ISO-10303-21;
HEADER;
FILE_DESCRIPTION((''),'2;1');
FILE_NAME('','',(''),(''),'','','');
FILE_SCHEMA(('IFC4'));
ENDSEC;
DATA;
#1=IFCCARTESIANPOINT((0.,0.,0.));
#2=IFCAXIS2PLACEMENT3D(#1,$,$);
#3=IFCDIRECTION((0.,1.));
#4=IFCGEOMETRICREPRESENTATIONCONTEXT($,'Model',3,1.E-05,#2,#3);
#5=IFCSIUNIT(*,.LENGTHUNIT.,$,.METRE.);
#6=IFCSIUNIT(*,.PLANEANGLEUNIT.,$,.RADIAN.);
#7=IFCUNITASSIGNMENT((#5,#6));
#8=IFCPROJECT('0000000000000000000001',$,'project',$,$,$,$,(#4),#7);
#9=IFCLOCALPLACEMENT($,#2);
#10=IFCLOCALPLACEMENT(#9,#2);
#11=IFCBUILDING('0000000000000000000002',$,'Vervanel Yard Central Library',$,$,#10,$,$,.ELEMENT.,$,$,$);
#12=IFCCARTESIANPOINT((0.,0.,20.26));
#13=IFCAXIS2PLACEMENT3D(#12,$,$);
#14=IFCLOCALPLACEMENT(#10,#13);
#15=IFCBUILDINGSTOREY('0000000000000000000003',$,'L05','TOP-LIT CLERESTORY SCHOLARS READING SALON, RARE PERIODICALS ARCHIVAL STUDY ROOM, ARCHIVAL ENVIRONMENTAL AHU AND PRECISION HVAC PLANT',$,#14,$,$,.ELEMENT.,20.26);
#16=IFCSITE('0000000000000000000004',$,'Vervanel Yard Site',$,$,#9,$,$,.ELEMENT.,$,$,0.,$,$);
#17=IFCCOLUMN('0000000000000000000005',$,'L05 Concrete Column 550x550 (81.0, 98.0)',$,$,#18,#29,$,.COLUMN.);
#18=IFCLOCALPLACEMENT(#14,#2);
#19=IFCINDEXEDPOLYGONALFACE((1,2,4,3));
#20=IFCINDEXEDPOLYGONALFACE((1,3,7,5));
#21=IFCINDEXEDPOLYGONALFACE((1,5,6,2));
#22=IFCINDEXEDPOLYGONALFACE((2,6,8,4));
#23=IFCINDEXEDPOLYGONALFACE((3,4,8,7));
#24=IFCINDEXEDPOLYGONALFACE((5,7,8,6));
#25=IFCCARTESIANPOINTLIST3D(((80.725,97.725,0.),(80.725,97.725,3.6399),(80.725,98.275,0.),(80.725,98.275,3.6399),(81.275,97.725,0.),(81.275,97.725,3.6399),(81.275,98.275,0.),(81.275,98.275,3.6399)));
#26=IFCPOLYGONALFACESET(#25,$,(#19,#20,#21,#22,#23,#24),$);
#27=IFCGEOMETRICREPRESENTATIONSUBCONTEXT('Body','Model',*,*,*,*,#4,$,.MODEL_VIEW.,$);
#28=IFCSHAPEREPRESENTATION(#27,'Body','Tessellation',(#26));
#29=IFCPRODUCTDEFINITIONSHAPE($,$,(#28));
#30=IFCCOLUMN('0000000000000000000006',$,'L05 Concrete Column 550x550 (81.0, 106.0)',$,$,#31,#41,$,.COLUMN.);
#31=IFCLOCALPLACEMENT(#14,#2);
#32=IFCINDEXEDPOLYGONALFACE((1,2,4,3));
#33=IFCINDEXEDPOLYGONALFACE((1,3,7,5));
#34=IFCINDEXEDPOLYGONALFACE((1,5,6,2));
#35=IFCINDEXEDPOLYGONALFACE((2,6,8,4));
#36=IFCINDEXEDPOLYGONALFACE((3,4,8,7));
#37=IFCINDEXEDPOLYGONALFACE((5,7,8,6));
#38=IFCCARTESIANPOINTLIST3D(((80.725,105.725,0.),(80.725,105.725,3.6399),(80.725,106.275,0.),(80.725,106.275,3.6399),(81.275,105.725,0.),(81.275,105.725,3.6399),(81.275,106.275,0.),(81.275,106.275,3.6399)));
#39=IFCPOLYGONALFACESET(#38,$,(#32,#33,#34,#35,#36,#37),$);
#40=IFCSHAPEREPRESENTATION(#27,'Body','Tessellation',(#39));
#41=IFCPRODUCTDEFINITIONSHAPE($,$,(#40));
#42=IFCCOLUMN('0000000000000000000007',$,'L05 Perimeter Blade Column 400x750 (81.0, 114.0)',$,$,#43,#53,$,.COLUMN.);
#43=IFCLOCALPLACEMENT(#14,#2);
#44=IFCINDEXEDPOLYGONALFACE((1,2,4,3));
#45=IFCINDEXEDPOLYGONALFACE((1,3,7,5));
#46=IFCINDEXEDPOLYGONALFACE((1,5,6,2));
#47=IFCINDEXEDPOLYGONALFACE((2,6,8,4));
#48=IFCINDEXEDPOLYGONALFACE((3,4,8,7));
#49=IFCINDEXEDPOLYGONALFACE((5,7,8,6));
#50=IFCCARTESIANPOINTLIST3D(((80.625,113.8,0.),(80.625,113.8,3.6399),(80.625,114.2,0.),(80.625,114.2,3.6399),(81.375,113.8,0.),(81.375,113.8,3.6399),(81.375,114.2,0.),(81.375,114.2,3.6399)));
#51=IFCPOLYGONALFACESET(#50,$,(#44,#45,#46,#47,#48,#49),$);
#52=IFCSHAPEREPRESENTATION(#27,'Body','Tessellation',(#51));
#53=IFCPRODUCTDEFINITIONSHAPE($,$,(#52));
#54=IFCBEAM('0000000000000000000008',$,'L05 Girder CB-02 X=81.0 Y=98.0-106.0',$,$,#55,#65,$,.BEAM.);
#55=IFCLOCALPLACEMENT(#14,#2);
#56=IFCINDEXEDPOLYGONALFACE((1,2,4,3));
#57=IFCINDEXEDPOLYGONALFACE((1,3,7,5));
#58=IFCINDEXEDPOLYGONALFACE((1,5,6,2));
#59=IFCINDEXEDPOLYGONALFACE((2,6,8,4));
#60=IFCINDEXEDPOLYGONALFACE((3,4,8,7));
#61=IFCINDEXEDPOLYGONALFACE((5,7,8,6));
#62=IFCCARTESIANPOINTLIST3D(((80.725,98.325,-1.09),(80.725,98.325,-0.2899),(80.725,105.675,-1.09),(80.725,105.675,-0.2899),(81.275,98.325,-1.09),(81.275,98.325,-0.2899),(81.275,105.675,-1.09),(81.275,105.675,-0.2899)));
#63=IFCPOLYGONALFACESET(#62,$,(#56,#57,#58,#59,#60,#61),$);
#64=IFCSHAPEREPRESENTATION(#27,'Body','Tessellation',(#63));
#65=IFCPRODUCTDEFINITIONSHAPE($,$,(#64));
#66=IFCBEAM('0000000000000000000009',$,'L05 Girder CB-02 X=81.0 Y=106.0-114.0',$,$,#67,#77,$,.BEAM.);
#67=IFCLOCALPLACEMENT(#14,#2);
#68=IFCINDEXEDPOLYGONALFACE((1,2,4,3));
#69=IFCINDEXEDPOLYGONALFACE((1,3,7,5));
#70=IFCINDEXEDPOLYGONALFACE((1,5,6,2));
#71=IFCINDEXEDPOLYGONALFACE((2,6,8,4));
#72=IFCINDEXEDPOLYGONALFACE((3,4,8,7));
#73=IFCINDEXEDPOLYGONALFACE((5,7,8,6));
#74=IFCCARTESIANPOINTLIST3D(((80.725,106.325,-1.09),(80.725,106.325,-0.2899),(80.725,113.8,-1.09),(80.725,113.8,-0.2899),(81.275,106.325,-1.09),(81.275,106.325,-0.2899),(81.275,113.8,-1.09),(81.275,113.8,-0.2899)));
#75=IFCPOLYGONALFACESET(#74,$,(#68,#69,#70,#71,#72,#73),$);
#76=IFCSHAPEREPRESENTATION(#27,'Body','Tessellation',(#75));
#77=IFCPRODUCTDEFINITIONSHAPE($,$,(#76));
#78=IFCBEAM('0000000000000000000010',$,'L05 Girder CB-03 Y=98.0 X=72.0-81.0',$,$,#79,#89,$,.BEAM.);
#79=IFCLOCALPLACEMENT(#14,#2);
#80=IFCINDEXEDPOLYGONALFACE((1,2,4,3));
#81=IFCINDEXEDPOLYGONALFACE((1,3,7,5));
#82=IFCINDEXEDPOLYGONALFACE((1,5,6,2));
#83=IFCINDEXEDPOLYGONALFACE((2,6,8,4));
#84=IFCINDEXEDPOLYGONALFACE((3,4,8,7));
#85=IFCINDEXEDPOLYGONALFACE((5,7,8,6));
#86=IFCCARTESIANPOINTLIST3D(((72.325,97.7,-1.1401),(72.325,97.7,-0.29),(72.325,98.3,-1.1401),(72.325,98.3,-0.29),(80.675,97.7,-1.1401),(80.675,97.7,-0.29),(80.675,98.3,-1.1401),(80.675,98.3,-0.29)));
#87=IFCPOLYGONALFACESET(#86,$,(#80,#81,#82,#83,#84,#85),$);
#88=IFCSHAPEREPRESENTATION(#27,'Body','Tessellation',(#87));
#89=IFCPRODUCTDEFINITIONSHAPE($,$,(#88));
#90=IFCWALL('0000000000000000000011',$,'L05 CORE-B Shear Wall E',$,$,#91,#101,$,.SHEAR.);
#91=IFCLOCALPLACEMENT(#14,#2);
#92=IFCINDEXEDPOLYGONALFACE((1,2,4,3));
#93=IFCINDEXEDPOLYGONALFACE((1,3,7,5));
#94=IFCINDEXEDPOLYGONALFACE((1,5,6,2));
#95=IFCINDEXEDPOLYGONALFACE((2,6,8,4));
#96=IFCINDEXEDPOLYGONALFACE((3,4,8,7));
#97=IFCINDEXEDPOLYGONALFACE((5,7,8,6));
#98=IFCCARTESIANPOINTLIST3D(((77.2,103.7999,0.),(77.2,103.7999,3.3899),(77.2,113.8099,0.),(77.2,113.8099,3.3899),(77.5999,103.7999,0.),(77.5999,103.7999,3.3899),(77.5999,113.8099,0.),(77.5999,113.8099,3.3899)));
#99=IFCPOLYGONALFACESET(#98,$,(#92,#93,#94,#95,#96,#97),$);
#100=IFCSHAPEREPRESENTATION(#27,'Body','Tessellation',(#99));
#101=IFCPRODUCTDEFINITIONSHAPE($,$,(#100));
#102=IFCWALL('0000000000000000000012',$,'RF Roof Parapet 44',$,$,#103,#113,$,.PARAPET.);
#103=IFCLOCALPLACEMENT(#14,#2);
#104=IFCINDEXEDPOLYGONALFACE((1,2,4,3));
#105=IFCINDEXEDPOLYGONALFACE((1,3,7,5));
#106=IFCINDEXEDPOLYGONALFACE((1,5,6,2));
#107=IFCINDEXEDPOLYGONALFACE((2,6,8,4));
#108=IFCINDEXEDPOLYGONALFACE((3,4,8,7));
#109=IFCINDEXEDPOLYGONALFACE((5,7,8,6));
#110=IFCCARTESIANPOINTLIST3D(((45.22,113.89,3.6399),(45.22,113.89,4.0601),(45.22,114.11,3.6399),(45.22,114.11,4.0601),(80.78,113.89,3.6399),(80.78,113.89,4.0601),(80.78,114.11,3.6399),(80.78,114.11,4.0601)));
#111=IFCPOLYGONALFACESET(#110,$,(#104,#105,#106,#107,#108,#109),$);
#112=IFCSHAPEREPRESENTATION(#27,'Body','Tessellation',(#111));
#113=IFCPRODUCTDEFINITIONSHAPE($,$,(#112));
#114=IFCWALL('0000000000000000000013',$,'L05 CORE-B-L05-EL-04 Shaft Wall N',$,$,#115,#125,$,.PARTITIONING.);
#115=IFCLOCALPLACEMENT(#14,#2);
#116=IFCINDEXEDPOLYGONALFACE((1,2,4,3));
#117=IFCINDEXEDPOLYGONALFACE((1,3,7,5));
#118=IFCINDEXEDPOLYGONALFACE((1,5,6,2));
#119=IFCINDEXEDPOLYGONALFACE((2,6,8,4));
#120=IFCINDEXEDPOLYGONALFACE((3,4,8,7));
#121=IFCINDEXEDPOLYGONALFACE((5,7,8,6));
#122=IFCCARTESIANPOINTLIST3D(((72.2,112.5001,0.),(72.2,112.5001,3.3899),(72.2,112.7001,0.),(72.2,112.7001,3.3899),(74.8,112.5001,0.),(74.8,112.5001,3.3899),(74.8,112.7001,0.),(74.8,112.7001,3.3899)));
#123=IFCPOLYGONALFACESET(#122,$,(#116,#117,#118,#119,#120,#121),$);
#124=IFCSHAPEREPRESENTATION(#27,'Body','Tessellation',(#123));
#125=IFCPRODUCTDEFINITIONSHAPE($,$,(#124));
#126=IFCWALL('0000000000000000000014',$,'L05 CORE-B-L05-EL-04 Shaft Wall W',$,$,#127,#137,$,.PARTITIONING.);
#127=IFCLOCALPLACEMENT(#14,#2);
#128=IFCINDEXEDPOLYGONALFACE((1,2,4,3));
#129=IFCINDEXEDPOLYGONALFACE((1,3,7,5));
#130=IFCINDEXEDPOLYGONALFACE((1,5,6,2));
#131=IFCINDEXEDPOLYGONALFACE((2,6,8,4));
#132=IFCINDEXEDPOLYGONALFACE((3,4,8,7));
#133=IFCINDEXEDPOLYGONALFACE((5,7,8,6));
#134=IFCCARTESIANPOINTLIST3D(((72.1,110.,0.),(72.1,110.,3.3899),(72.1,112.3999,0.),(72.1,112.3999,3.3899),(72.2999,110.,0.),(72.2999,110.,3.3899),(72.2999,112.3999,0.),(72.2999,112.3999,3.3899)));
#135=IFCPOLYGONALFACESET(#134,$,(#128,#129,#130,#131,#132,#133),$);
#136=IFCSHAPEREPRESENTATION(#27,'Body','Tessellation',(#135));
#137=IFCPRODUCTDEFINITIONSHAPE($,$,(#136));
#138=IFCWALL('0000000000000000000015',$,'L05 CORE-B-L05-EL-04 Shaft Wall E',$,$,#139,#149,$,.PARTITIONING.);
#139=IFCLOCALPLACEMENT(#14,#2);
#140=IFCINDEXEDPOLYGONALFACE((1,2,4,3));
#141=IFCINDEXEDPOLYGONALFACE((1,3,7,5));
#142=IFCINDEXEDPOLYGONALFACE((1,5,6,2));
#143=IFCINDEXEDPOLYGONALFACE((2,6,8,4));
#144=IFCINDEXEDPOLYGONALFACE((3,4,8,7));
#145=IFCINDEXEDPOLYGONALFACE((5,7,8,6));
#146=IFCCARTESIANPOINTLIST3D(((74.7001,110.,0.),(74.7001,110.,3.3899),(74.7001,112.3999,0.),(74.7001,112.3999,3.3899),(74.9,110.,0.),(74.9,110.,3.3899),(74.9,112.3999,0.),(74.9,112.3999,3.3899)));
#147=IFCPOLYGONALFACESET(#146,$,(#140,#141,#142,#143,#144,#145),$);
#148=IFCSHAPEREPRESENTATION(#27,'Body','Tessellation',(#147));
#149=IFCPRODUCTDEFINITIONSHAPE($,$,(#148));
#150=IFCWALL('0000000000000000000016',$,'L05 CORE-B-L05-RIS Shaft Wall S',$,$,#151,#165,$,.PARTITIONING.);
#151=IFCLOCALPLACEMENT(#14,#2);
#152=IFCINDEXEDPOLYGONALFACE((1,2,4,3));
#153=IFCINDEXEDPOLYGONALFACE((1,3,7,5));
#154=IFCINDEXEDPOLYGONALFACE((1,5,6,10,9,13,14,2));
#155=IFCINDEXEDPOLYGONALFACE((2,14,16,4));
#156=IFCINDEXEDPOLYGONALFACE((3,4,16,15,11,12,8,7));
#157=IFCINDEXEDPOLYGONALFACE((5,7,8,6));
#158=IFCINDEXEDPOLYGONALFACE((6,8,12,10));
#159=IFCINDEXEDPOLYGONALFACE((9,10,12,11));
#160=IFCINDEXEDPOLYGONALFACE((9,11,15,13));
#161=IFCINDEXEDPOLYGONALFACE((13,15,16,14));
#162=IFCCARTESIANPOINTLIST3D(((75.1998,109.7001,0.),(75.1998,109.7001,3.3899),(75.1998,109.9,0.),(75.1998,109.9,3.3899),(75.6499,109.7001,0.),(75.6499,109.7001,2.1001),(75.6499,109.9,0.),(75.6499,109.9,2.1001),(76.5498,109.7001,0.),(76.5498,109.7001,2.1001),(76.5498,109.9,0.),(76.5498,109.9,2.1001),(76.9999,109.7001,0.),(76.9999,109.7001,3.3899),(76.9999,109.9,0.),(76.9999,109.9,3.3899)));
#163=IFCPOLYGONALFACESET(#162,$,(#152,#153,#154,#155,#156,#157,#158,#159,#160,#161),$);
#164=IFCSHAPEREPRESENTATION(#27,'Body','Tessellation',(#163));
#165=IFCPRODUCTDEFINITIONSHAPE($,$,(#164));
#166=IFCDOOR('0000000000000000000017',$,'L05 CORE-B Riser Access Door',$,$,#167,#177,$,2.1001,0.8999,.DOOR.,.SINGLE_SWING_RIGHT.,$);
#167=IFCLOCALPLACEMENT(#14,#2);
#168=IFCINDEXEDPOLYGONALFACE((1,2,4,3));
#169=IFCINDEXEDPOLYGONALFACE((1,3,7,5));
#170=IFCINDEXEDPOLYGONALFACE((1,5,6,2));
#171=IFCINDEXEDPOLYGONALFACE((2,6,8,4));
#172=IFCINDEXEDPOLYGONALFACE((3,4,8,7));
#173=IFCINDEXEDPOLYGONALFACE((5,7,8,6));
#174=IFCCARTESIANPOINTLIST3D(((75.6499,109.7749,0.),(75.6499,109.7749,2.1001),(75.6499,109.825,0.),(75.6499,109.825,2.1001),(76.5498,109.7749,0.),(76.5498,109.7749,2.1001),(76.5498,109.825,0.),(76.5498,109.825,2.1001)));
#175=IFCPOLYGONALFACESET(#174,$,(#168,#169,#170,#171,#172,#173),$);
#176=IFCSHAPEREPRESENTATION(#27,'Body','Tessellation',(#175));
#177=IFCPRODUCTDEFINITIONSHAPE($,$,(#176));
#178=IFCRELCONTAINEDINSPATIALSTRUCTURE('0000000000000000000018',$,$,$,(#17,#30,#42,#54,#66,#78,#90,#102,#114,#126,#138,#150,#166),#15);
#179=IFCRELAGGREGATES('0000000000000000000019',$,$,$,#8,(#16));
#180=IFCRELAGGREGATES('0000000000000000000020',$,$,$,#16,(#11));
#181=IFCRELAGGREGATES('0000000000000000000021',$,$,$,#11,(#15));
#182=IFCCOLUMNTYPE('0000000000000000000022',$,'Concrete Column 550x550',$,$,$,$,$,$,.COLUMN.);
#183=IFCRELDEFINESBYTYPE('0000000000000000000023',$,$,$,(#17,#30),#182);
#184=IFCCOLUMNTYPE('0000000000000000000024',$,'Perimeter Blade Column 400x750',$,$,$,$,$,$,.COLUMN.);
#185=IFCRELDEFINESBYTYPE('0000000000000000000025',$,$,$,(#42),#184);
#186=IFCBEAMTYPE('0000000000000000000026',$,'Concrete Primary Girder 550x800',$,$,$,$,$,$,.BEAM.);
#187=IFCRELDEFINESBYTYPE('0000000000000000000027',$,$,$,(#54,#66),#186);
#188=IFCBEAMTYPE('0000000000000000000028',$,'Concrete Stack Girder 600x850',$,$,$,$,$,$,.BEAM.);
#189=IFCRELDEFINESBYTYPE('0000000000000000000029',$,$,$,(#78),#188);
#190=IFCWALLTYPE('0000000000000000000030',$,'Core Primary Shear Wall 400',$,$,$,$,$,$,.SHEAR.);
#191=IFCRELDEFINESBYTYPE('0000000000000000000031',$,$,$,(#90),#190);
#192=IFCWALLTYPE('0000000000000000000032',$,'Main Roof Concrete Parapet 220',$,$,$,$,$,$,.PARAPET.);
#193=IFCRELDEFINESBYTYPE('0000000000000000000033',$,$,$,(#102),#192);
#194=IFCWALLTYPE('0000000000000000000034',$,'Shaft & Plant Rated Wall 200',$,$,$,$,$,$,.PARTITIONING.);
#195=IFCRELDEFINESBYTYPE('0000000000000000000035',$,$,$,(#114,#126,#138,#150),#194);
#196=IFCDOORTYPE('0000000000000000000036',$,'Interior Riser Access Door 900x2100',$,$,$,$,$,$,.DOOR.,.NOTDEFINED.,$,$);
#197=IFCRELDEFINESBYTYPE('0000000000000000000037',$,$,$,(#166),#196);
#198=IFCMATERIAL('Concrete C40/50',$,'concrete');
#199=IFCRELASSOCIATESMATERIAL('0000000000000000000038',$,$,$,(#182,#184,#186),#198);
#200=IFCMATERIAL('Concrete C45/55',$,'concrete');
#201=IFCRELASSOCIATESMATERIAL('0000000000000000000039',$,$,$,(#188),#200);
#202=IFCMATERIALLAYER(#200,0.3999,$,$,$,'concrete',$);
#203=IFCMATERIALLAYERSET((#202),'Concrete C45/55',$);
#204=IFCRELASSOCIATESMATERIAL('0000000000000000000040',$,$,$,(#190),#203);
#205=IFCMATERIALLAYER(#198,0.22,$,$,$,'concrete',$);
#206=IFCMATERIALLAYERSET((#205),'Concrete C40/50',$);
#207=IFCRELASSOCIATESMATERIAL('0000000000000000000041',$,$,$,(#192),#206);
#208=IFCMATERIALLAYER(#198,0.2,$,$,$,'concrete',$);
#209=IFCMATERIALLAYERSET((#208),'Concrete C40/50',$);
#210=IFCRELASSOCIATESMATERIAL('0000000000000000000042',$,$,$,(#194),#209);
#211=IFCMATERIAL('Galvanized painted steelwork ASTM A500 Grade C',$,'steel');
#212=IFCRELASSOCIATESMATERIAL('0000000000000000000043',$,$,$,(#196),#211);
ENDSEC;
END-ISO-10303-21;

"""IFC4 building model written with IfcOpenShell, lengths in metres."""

from ifc_helpers import new_model, si_unit, direction, frame, frame_2d, origin, origin_2d, place, context, subcontext, project, spatial, rectangle, extrude, material, layer, layer_set, material_profile, profile_set, type_object, element, fill, save


model = new_model("IFC4")

# Units and contexts
model_context = context("Model", 3, precision=1e-05, world=origin(), true_north=direction((0.0, 1.0)))
body_context = subcontext(model_context, "Body", "Model", "MODEL_VIEW")
ifc_project = project(units=[si_unit("LENGTHUNIT", "METRE"), si_unit("PLANEANGLEUNIT", "RADIAN")], contexts=[model_context])

# Site, building, storey
site_placement = place(None, origin())
site = spatial("IfcSite", under=ifc_project, at=site_placement, Name="Vervanel Yard Site", CompositionType="ELEMENT", RefElevation=0.0)
building_placement = place(site_placement, origin())
building = spatial("IfcBuilding", under=site, at=building_placement, Name="Vervanel Yard Central Library", CompositionType="ELEMENT")
storey_placement = place(building_placement, frame((0.0, 0.0, 20.26)))
storey = spatial("IfcBuildingStorey", under=building, at=storey_placement, Name="L05", Description="TOP-LIT CLERESTORY SCHOLARS READING SALON, RARE PERIODICALS ARCHIVAL STUDY ROOM, ARCHIVAL ENVIRONMENTAL AHU AND PRECISION HVAC PLANT", CompositionType="ELEMENT", Elevation=20.26)

# Columns
ifc_material_1 = material(Name="Concrete C40/50", Category="concrete")
ifc_material_profile_1 = material_profile(ifc_material_1, rectangle(XDim=0.55, YDim=0.55, at=origin_2d()), Name="RC 550x550", Category="concrete")
ifc_profile_set_1 = profile_set([ifc_material_profile_1], Name="Concrete C40/50")
column_type_1 = type_object("IfcColumnType", Name="Concrete Column 550x550", PredefinedType="COLUMN", material=ifc_profile_set_1)
for number, where, z_axis, x_axis, name in (
    (1, (81.0, 98.0, 0.0), (0.0, 0.0, 1.0), (1.0, 0.0, 0.0), "L05 Concrete Column 550x550 (81.0, 98.0)"),
    (2, (81.0, 106.0, 0.0), (0.0, 0.0, 1.0), (1.0, 0.0, 0.0), "L05 Concrete Column 550x550 (81.0, 106.0)"),
):
    element("IfcColumn", number, at=place(storey_placement, frame(where, z_axis=z_axis, x_axis=x_axis)), inside=storey, type_object=column_type_1, Name=name, PredefinedType="COLUMN", context=body_context, shape_type="SweptSolid", body=[
        extrude(rectangle(XDim=0.55, YDim=0.55, at=origin_2d()), origin(), (0.0, 0.0, 1.0), 3.6399),
    ])
ifc_material_profile_2 = material_profile(ifc_material_1, rectangle(XDim=0.3999, YDim=0.75, at=origin_2d()), Name="RC 400x750", Category="concrete")
ifc_profile_set_2 = profile_set([ifc_material_profile_2], Name="Concrete C40/50")
column_type_2 = type_object("IfcColumnType", Name="Perimeter Blade Column 400x750", PredefinedType="COLUMN", material=ifc_profile_set_2)
column_placement = place(storey_placement, frame((81.0, 114.0, 0.0), z_axis=(0.0, 0.0, 1.0), x_axis=(0.0, 1.0, 0.0)))
element("IfcColumn", 3, at=column_placement, inside=storey, type_object=column_type_2, Name="L05 Perimeter Blade Column 400x750 (81.0, 114.0)", PredefinedType="COLUMN", context=body_context, shape_type="SweptSolid", body=[
    extrude(rectangle(XDim=0.3999, YDim=0.75, at=origin_2d()), origin(), (0.0, 0.0, 1.0), 3.6399),
])

# Beams
ifc_material_profile_3 = material_profile(ifc_material_1, rectangle(XDim=0.55, YDim=0.8, at=origin_2d()), Name="RC 550x800", Category="concrete")
ifc_profile_set_3 = profile_set([ifc_material_profile_3], Name="Concrete C40/50")
beam_type_1 = type_object("IfcBeamType", Name="Concrete Primary Girder 550x800", PredefinedType="BEAM", material=ifc_profile_set_3)
beam_1_placement = place(storey_placement, frame((81.0, 98.325, -0.6899), z_axis=(0.0, 1.0, 0.0), x_axis=(-1.0, 0.0, 0.0)))
element("IfcBeam", 4, at=beam_1_placement, inside=storey, type_object=beam_type_1, Name="L05 Girder CB-02 X=81.0 Y=98.0-106.0", PredefinedType="BEAM", context=body_context, shape_type="SweptSolid", body=[
    extrude(rectangle(XDim=0.55, YDim=0.8, at=origin_2d()), origin(), (0.0, 0.0, 1.0), 7.3501),
])
beam_2_placement = place(storey_placement, frame((81.0, 106.325, -0.6899), z_axis=(0.0, 1.0, 0.0), x_axis=(-1.0, 0.0, 0.0)))
element("IfcBeam", 5, at=beam_2_placement, inside=storey, type_object=beam_type_1, Name="L05 Girder CB-02 X=81.0 Y=106.0-114.0", PredefinedType="BEAM", context=body_context, shape_type="SweptSolid", body=[
    extrude(rectangle(XDim=0.55, YDim=0.8, at=origin_2d()), origin(), (0.0, 0.0, 1.0), 7.4751),
])
ifc_material_2 = material(Name="Concrete C45/55", Category="concrete")
ifc_material_profile_4 = material_profile(ifc_material_2, rectangle(XDim=0.6001, YDim=0.8501, at=origin_2d()), Name="RC 600x850", Category="concrete")
ifc_profile_set_4 = profile_set([ifc_material_profile_4], Name="Concrete C45/55")
beam_type_2 = type_object("IfcBeamType", Name="Concrete Stack Girder 600x850", PredefinedType="BEAM", material=ifc_profile_set_4)
beam_3_placement = place(storey_placement, frame((72.325, 98.0, -0.7151), z_axis=(1.0, 0.0, 0.0), x_axis=(0.0, 1.0, 0.0)))
element("IfcBeam", 6, at=beam_3_placement, inside=storey, type_object=beam_type_2, Name="L05 Girder CB-03 Y=98.0 X=72.0-81.0", PredefinedType="BEAM", context=body_context, shape_type="SweptSolid", body=[
    extrude(rectangle(XDim=0.6001, YDim=0.8501, at=origin_2d()), origin(), (0.0, 0.0, 1.0), 8.3501),
])

# Walls
ifc_layer_1 = layer(ifc_material_2, 0.3999, Category="concrete")
ifc_layer_set_1 = layer_set([ifc_layer_1], Name="Concrete C45/55")
wall_type_1 = type_object("IfcWallType", Name="Core Primary Shear Wall 400", PredefinedType="SHEAR", material=ifc_layer_set_1)
wall_1_placement = place(storey_placement, frame((77.3999, 103.8, 0.0), z_axis=(0.0, 0.0, 1.0), x_axis=(0.0, 1.0, 0.0)))
element("IfcWall", 7, at=wall_1_placement, inside=storey, type_object=wall_type_1, Name="L05 CORE-B Shear Wall E", PredefinedType="SHEAR", context=body_context, shape_type="SweptSolid", body=[
    extrude(rectangle(XDim=10.01, YDim=0.3999, at=frame_2d((5.0049, 0.0))), origin(), (0.0, 0.0, 1.0), 3.3899),
])
ifc_layer_2 = layer(ifc_material_1, 0.22, Category="concrete")
ifc_layer_set_2 = layer_set([ifc_layer_2], Name="Concrete C40/50")
wall_type_2 = type_object("IfcWallType", Name="Main Roof Concrete Parapet 220", PredefinedType="PARAPET", material=ifc_layer_set_2)
wall_2_placement = place(storey_placement, frame((80.78, 114.0, 3.6399), z_axis=(0.0, 0.0, 1.0), x_axis=(-1.0, 0.0, 0.0)))
element("IfcWall", 8, at=wall_2_placement, inside=storey, type_object=wall_type_2, Name="RF Roof Parapet 44", PredefinedType="PARAPET", context=body_context, shape_type="SweptSolid", body=[
    extrude(rectangle(XDim=35.5601, YDim=0.22, at=frame_2d((17.78, 0.0))), origin(), (0.0, 0.0, 1.0), 0.4202),
])

# Walls
ifc_layer_3 = layer(ifc_material_1, 0.2, Category="concrete")
ifc_layer_set_3 = layer_set([ifc_layer_3], Name="Concrete C40/50")
wall_type_3 = type_object("IfcWallType", Name="Shaft & Plant Rated Wall 200", PredefinedType="PARTITIONING", material=ifc_layer_set_3)
wall_3_placement = place(storey_placement, frame((72.2, 112.6001, 0.0), z_axis=(0.0, 0.0, 1.0), x_axis=(1.0, 0.0, 0.0)))
element("IfcWall", 9, at=wall_3_placement, inside=storey, type_object=wall_type_3, Name="L05 CORE-B-L05-EL-04 Shaft Wall N", PredefinedType="PARTITIONING", context=body_context, shape_type="SweptSolid", body=[
    extrude(rectangle(XDim=2.6001, YDim=0.2, at=frame_2d((1.3, 0.0))), origin(), (0.0, 0.0, 1.0), 3.3899),
])
for number, where, z_axis, x_axis, name in (
    (10, (72.2, 110.0, 0.0), (0.0, 0.0, 1.0), (0.0, 1.0, 0.0), "L05 CORE-B-L05-EL-04 Shaft Wall W"),
    (11, (74.8, 110.0, 0.0), (0.0, 0.0, 1.0), (0.0, 1.0, 0.0), "L05 CORE-B-L05-EL-04 Shaft Wall E"),
):
    element("IfcWall", number, at=place(storey_placement, frame(where, z_axis=z_axis, x_axis=x_axis)), inside=storey, type_object=wall_type_3, Name=name, PredefinedType="PARTITIONING", context=body_context, shape_type="SweptSolid", body=[
        extrude(rectangle(XDim=2.3999, YDim=0.2, at=frame_2d((1.2, 0.0))), origin(), (0.0, 0.0, 1.0), 3.3899),
    ])

# Wall, opening, door
wall_4_placement = place(storey_placement, frame((75.2, 109.8, 0.0), z_axis=(0.0, 0.0, 1.0), x_axis=(1.0, 0.0, 0.0)))
wall_4 = element("IfcWall", 12, at=wall_4_placement, inside=storey, type_object=wall_type_3, Name="L05 CORE-B-L05-RIS Shaft Wall S", PredefinedType="PARTITIONING", context=body_context, shape_type="SweptSolid", body=[
    extrude(rectangle(XDim=1.8, YDim=0.2, at=frame_2d((0.8999, 0.0))), origin(), (0.0, 0.0, 1.0), 3.3899),
])
opening_1_placement = place(wall_4_placement, frame((0.45, 0.0, 0.0)))
opening_1 = element("IfcOpeningElement", 13, at=opening_1_placement, cuts=wall_4, PredefinedType="OPENING", context=body_context, shape_type="SweptSolid", body=[
    extrude(rectangle(XDim=0.8999, YDim=2.1001, at=frame_2d((0.45, 1.05))), frame((0.0, 0.1099, 0.0), z_axis=(0.0, -1.0, 0.0), x_axis=(1.0, 0.0, 0.0)), (0.0, 0.0, 1.0), 0.22),
])
ifc_material_3 = material(Name="Galvanized painted steelwork ASTM A500 Grade C", Category="steel")
door_type_1 = type_object("IfcDoorType", Name="Interior Riser Access Door 900x2100", OperationType="NOTDEFINED", PredefinedType="DOOR", material=ifc_material_3)
door_1_placement = place(opening_1_placement, origin())
door_1 = element("IfcDoor", 14, at=door_1_placement, inside=storey, type_object=door_type_1, Name="L05 CORE-B Riser Access Door", OperationType="SINGLE_SWING_RIGHT", OverallHeight=2.1001, OverallWidth=0.8999, PredefinedType="DOOR", context=body_context, shape_type="SweptSolid", body=[
    extrude(rectangle(XDim=0.8999, YDim=2.1001, at=frame_2d((0.45, 1.05))), frame((0.0, 0.0249, 0.0), z_axis=(0.0, -1.0, 0.0), x_axis=(1.0, 0.0, 0.0)), (0.0, 0.0, 1.0), 0.05),
])
fill(opening_1, door_1)

save(model, "model.ifc")
